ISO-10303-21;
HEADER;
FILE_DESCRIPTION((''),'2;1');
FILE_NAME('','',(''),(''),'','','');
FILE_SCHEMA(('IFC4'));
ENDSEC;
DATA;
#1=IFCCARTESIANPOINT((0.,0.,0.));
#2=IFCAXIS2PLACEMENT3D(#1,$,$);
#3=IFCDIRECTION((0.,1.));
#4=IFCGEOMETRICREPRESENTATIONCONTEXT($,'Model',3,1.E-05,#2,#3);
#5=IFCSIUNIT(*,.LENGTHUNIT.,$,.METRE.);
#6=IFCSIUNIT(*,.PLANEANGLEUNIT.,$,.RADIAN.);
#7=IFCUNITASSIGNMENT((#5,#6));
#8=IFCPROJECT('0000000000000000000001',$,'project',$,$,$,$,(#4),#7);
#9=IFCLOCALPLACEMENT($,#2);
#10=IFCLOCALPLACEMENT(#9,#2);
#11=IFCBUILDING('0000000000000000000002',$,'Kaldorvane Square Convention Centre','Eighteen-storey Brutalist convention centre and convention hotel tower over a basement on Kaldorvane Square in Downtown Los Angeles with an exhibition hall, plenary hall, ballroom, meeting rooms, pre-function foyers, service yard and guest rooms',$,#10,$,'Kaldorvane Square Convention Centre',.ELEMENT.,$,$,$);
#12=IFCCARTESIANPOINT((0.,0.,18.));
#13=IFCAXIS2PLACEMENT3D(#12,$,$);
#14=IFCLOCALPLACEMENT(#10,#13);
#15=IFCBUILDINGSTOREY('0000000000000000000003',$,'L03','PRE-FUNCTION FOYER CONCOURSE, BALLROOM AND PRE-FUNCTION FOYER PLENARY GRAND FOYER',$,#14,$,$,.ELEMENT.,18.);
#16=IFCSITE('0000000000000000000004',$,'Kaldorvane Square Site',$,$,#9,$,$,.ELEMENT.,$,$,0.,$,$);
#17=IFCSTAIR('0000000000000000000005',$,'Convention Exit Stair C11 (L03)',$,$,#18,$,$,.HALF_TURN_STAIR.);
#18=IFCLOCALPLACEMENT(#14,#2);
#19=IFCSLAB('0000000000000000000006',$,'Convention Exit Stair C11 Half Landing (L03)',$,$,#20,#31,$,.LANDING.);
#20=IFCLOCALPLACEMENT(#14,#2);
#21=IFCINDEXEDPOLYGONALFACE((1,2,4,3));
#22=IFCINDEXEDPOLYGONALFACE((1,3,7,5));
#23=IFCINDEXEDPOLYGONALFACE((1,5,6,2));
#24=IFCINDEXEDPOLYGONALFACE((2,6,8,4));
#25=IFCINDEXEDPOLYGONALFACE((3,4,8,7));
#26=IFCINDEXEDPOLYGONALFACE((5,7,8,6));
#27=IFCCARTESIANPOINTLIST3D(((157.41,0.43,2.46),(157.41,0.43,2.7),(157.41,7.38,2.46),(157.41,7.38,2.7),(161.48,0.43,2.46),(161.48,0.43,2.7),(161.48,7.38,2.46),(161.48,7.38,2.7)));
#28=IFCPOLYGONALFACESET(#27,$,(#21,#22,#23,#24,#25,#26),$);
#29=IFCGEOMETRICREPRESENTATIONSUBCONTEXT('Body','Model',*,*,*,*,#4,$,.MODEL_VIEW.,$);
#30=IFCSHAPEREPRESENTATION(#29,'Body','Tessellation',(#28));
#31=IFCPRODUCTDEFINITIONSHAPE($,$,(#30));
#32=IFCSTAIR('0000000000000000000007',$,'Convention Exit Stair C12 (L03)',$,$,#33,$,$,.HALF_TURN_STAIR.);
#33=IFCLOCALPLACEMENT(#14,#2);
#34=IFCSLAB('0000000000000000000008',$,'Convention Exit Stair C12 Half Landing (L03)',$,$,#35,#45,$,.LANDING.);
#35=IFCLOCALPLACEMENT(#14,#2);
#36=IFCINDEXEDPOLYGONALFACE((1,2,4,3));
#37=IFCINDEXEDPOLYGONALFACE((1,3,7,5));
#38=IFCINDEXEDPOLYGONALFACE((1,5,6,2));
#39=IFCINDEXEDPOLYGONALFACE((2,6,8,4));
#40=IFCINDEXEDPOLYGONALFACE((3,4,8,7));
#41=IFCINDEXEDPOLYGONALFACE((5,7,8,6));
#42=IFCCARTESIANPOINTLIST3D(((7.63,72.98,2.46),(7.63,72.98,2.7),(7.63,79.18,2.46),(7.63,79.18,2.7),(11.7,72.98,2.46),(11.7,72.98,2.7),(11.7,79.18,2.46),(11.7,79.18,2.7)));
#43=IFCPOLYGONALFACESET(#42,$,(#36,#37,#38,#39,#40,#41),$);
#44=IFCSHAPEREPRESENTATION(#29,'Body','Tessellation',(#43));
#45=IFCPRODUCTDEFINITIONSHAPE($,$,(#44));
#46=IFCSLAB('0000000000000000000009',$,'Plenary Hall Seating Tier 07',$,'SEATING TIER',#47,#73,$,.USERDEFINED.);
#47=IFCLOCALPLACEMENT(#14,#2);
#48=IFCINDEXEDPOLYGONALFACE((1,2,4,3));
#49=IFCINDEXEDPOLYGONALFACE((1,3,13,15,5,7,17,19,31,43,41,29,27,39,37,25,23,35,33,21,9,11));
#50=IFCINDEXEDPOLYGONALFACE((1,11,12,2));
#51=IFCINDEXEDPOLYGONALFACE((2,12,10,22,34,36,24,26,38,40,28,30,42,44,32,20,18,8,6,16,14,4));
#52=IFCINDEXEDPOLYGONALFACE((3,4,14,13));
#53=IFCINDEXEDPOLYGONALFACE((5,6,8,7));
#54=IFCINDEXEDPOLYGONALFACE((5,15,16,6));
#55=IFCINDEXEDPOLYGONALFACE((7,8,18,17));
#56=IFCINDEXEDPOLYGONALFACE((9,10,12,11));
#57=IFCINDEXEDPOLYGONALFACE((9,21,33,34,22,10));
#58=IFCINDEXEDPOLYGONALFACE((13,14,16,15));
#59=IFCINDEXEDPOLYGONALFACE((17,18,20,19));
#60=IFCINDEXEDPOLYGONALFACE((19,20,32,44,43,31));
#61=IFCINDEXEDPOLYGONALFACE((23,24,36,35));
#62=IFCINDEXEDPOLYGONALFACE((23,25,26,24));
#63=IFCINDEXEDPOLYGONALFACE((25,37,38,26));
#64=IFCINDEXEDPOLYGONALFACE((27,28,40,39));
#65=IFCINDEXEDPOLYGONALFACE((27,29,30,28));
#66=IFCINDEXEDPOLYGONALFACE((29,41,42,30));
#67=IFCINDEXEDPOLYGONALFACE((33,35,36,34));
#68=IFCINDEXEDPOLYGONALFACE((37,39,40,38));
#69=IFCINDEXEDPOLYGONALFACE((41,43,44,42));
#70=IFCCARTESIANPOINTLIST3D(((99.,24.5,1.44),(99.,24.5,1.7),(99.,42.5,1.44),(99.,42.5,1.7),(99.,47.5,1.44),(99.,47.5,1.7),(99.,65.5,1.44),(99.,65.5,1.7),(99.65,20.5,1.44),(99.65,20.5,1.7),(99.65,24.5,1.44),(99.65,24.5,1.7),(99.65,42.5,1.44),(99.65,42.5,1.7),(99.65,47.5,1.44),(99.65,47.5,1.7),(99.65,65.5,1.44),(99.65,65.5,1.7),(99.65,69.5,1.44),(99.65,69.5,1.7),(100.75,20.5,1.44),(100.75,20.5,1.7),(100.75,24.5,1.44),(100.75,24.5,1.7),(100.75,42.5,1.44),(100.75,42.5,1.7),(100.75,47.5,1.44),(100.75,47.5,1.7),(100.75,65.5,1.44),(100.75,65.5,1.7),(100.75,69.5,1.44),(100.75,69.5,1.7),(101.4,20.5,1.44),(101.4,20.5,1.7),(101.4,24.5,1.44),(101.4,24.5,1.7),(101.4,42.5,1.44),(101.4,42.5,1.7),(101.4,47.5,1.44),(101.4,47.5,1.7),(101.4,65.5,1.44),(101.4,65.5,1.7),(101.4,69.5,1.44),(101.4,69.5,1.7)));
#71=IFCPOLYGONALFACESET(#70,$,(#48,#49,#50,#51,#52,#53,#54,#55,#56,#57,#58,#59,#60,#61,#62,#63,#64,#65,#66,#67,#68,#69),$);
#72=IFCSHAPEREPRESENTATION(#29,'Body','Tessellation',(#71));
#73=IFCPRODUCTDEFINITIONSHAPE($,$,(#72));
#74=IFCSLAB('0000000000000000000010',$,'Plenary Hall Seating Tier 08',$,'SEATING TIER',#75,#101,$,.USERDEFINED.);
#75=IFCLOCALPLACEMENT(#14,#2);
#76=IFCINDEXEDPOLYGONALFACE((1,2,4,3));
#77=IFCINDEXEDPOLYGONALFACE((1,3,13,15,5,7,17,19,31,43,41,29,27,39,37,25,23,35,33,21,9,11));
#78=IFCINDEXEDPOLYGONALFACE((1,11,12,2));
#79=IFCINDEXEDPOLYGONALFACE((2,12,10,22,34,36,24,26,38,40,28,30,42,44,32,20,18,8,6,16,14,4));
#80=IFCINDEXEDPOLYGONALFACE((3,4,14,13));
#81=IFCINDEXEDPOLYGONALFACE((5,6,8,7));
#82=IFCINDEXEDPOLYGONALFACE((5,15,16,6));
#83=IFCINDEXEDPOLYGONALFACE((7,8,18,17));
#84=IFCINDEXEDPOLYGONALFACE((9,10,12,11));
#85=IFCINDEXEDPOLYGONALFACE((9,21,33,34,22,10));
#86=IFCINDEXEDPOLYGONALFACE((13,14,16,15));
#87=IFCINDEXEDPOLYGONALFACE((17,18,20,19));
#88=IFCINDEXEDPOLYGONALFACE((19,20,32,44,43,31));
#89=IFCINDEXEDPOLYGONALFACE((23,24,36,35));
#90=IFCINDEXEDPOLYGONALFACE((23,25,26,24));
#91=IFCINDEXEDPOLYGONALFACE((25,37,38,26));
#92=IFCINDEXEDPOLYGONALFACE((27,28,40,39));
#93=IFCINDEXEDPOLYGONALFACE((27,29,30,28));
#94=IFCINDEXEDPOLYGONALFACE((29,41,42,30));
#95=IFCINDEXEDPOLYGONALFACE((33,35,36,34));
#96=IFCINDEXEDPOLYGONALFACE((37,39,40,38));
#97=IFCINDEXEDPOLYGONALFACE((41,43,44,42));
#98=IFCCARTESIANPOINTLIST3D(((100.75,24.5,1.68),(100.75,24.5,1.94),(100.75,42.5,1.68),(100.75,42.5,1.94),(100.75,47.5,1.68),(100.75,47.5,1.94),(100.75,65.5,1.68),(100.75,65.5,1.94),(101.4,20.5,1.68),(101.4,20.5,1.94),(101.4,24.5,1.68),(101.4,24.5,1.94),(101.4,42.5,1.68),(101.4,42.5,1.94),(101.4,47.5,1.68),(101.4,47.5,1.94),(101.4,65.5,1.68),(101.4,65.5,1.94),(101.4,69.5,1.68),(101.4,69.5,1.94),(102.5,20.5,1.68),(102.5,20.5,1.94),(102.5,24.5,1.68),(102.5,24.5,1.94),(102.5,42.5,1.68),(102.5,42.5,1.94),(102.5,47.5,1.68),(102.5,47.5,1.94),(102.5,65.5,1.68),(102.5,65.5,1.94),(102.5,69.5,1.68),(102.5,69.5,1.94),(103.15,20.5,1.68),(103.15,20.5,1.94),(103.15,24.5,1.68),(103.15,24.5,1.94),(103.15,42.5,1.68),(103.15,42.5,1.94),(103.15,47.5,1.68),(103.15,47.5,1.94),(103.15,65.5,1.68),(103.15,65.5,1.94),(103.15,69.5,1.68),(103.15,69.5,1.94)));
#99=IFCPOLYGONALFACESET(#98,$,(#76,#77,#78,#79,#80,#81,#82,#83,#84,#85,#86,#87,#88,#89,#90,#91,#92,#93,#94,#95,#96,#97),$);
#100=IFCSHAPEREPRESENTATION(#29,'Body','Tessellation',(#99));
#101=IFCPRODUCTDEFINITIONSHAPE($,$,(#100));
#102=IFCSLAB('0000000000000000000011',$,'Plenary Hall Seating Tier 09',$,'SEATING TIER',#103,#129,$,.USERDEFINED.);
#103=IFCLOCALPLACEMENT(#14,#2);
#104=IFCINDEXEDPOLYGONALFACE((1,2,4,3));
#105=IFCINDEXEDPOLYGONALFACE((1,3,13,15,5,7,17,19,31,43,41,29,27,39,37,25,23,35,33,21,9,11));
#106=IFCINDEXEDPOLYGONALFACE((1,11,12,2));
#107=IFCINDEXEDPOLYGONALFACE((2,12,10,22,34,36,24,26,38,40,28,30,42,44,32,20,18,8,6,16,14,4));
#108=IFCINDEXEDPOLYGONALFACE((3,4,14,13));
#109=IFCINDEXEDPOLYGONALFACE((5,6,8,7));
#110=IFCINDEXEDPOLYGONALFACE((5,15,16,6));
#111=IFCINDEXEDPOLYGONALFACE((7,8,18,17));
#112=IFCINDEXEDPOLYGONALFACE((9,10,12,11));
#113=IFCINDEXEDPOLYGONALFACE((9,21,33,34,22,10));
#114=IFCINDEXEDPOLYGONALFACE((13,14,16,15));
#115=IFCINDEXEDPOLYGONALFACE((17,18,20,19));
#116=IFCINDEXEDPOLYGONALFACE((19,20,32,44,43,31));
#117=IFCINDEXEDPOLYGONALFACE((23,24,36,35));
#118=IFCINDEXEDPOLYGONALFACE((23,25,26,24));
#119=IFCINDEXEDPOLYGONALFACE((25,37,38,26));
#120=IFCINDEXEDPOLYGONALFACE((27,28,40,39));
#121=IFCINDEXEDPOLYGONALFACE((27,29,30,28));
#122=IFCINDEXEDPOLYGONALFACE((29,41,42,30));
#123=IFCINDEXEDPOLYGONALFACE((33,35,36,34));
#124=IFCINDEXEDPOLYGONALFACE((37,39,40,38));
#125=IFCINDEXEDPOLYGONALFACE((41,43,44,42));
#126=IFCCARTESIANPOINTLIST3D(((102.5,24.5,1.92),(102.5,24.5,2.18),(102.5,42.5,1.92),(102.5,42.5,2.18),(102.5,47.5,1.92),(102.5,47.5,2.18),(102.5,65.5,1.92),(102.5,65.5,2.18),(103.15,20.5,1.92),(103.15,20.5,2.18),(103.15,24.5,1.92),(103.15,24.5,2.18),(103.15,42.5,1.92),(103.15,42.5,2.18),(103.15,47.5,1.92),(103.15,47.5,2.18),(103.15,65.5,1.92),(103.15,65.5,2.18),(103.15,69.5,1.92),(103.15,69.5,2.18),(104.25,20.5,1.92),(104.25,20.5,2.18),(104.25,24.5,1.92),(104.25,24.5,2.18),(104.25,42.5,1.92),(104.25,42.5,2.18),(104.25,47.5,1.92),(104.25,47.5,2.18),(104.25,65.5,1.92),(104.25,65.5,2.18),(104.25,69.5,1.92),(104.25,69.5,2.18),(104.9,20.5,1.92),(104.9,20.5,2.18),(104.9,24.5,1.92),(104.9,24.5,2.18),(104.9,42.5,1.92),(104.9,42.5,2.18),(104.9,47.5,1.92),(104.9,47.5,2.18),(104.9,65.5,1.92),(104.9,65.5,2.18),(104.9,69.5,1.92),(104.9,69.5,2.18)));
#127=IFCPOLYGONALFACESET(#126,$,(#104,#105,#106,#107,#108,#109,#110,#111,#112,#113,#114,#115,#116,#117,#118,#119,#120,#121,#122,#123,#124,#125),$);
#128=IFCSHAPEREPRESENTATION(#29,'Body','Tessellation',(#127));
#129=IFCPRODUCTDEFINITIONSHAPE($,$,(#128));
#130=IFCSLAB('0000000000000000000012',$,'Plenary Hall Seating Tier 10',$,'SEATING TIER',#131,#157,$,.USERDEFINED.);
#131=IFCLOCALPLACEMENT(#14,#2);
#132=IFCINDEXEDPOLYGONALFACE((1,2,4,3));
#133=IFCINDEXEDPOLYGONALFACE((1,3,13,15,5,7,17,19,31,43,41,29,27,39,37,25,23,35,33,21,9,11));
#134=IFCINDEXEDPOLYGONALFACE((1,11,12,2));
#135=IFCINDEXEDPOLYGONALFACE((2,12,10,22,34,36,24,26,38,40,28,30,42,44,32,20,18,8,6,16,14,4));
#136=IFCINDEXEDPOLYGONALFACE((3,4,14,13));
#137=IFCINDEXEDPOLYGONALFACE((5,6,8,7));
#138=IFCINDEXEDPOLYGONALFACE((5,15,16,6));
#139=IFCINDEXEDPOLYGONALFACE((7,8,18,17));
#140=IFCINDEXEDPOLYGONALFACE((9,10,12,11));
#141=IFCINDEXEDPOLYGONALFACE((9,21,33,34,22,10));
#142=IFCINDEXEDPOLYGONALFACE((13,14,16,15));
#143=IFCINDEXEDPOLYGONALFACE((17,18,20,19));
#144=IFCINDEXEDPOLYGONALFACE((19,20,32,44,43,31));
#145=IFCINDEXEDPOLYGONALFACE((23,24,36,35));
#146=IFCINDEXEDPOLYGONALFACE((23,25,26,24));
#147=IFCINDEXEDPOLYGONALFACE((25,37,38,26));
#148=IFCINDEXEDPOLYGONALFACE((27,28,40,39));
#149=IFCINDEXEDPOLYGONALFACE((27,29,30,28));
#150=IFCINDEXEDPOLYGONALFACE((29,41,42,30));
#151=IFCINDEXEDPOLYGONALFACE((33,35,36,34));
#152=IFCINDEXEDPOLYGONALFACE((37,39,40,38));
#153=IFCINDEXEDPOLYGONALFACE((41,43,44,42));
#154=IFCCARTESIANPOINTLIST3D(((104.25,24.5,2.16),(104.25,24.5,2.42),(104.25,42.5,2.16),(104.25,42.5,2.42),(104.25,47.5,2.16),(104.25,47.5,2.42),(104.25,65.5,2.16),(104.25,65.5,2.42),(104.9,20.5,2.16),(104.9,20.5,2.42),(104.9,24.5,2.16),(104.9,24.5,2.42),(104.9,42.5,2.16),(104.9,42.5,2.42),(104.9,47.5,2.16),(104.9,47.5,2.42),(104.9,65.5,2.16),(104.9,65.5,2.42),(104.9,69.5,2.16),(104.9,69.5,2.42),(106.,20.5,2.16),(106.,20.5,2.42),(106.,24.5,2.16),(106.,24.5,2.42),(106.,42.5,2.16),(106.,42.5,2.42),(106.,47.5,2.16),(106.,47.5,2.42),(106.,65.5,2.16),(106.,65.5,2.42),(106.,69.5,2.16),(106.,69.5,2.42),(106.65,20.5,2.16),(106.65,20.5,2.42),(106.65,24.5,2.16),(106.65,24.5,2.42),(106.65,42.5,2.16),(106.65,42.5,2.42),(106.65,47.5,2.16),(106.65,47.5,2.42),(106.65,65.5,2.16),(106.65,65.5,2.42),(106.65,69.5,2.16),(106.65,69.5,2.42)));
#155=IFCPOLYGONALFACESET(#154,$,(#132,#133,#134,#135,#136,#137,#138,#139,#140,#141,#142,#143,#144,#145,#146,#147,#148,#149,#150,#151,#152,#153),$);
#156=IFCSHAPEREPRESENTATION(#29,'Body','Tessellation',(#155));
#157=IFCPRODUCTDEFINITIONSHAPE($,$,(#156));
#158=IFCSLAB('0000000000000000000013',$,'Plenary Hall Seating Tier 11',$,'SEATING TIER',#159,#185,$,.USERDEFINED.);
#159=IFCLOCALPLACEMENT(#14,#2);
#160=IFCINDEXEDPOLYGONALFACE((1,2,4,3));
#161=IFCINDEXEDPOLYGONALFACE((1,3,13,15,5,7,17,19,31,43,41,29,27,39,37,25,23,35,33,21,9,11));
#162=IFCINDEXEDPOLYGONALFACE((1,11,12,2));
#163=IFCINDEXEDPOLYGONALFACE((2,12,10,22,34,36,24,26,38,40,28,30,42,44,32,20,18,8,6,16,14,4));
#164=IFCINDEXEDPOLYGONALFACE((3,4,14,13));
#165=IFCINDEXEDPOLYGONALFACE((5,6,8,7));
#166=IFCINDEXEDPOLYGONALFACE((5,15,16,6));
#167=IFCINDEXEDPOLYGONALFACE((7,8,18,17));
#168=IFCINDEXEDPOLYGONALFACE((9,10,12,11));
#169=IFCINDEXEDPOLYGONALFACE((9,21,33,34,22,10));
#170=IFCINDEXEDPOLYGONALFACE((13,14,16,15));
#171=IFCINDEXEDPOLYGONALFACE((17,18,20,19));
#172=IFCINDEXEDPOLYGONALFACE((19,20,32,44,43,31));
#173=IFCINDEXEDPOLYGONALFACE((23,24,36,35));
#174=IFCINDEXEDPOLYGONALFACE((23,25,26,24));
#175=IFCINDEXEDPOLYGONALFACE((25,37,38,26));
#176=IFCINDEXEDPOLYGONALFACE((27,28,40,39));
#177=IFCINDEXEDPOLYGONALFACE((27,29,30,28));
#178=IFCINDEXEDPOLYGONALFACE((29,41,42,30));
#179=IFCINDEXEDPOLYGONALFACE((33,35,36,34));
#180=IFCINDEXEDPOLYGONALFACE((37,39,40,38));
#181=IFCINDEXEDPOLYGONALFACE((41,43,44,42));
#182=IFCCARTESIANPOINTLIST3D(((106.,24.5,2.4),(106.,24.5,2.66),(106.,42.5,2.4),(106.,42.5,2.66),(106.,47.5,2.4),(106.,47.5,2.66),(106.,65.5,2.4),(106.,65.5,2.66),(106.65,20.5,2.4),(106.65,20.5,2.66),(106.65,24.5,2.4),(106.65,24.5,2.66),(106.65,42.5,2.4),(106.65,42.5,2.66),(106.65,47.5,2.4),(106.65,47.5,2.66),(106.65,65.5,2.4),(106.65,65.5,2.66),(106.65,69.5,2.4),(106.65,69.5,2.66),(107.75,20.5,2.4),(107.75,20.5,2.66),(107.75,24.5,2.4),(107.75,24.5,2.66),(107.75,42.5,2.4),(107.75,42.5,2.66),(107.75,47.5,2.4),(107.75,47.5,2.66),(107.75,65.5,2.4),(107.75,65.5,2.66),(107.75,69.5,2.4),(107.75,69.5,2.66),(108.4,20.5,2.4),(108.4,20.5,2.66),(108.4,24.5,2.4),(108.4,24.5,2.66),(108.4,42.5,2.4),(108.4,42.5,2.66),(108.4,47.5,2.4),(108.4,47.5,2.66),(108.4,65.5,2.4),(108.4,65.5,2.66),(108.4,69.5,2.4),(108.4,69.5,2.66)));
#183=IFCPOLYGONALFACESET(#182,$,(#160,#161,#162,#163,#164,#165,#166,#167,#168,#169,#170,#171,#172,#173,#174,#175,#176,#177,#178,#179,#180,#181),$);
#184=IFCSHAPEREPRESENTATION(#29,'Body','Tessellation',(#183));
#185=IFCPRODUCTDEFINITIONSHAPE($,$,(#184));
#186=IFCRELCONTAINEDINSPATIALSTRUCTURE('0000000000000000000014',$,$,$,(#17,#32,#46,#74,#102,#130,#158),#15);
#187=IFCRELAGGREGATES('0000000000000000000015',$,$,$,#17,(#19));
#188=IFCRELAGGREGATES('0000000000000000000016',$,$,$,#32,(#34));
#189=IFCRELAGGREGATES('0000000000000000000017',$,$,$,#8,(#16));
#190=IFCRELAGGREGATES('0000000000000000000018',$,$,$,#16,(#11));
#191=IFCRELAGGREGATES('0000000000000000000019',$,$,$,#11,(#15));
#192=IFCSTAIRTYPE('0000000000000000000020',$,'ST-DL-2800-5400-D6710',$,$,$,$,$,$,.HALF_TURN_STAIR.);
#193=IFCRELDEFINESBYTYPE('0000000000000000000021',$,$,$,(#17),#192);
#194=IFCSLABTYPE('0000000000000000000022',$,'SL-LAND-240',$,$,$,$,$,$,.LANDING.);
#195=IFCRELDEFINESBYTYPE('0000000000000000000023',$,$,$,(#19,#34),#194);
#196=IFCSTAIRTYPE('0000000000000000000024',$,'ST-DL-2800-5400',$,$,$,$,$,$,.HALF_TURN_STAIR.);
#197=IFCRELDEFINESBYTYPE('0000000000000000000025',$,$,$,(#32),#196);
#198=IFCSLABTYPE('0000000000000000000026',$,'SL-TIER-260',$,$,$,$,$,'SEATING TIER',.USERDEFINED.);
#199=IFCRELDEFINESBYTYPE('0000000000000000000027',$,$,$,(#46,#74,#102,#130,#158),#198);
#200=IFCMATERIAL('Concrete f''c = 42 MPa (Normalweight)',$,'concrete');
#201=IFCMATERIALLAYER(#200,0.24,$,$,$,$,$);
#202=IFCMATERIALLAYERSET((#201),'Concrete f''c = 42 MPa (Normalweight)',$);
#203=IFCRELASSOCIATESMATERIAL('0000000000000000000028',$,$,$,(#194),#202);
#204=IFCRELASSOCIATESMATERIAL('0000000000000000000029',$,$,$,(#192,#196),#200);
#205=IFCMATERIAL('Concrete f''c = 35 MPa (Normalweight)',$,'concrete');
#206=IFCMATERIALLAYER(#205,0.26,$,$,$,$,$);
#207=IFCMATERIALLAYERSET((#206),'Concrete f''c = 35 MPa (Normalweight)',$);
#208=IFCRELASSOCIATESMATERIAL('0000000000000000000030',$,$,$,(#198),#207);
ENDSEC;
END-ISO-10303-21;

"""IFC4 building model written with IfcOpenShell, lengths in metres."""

from ifc_helpers import new_model, si_unit, direction, frame, origin, place, context, subcontext, project, spatial, polyline, outline, extrude, material, layer, layer_set, type_object, element, aggregate, save


model = new_model("IFC4")

# Units and contexts
model_context = context("Model", 3, precision=1e-05, world=origin(), true_north=direction((0.0, 1.0)))
body_context = subcontext(model_context, "Body", "Model", "MODEL_VIEW")
ifc_project = project(units=[si_unit("LENGTHUNIT", "METRE"), si_unit("PLANEANGLEUNIT", "RADIAN")], contexts=[model_context])

# Site, building, storey
site_placement = place(None, origin())
site = spatial("IfcSite", under=ifc_project, at=site_placement, Name="Kaldorvane Square Site", CompositionType="ELEMENT", RefElevation=0.0)
building_placement = place(site_placement, origin())
building = spatial("IfcBuilding", under=site, at=building_placement, Name="Kaldorvane Square Convention Centre", Description="Eighteen-storey Brutalist convention centre and convention hotel tower over a basement on Kaldorvane Square in Downtown Los Angeles with an exhibition hall, plenary hall, ballroom, meeting rooms, pre-function foyers, service yard and guest rooms", LongName="Kaldorvane Square Convention Centre", CompositionType="ELEMENT")
storey_placement = place(building_placement, frame((0.0, 0.0, 18.0)))
storey = spatial("IfcBuildingStorey", under=building, at=storey_placement, Name="L03", Description="PRE-FUNCTION FOYER CONCOURSE, BALLROOM AND PRE-FUNCTION FOYER PLENARY GRAND FOYER", CompositionType="ELEMENT", Elevation=18.0)

# Shared definitions
ifc_material_1 = material(Name="Concrete f'c = 42 MPa (Normalweight)", Category="concrete")

# Stairs, slabs
ifc_layer_1 = layer(ifc_material_1, 0.24)
ifc_layer_set_1 = layer_set([ifc_layer_1], Name="Concrete f'c = 42 MPa (Normalweight)")
slab_type_1 = type_object("IfcSlabType", Name="SL-LAND-240", PredefinedType="LANDING", material=ifc_layer_set_1)
stair_type_1 = type_object("IfcStairType", Name="ST-DL-2800-5400-D6710", PredefinedType="HALF_TURN_STAIR", material=ifc_material_1)
stair_1_placement = place(storey_placement, origin())
stair_1 = element("IfcStair", 1, at=stair_1_placement, inside=storey, type_object=stair_type_1, Name="Convention Exit Stair C11 (L03)", PredefinedType="HALF_TURN_STAIR")
slab_1_placement = place(storey_placement, frame((0.0, 0.0, 2.46)))
slab_1 = element("IfcSlab", 2, at=slab_1_placement, type_object=slab_type_1, Name="Convention Exit Stair C11 Half Landing (L03)", PredefinedType="LANDING", context=body_context, shape_type="SweptSolid", body=[
    extrude(outline(polyline([(157.41, 0.43), (161.48, 0.43), (161.48, 7.38), (157.41, 7.38), (157.41, 0.43)])), origin(), (0.0, 0.0, 1.0), 0.24),
])
aggregate(stair_1, [slab_1])
stair_type_2 = type_object("IfcStairType", Name="ST-DL-2800-5400", PredefinedType="HALF_TURN_STAIR", material=ifc_material_1)
stair_2_placement = place(storey_placement, origin())
stair_2 = element("IfcStair", 3, at=stair_2_placement, inside=storey, type_object=stair_type_2, Name="Convention Exit Stair C12 (L03)", PredefinedType="HALF_TURN_STAIR")
slab_2_placement = place(storey_placement, frame((0.0, 0.0, 2.46)))
slab_2 = element("IfcSlab", 4, at=slab_2_placement, type_object=slab_type_1, Name="Convention Exit Stair C12 Half Landing (L03)", PredefinedType="LANDING", context=body_context, shape_type="SweptSolid", body=[
    extrude(outline(polyline([(7.63, 72.98), (11.7, 72.98), (11.7, 79.18), (7.63, 79.18), (7.63, 72.98)])), origin(), (0.0, 0.0, 1.0), 0.24),
])
aggregate(stair_2, [slab_2])

# Slabs
ifc_material_2 = material(Name="Concrete f'c = 35 MPa (Normalweight)", Category="concrete")
ifc_layer_2 = layer(ifc_material_2, 0.26)
ifc_layer_set_2 = layer_set([ifc_layer_2], Name="Concrete f'c = 35 MPa (Normalweight)")
slab_type_2 = type_object("IfcSlabType", Name="SL-TIER-260", ElementType="SEATING TIER", PredefinedType="USERDEFINED", material=ifc_layer_set_2)
slab_3_placement = place(storey_placement, frame((0.0, 0.0, 1.44)))
element("IfcSlab", 5, at=slab_3_placement, inside=storey, type_object=slab_type_2, Name="Plenary Hall Seating Tier 07", ObjectType="SEATING TIER", PredefinedType="USERDEFINED", context=body_context, shape_type="SweptSolid", body=[
    extrude(outline(polyline([(101.4, 24.5), (101.4, 20.5), (100.75, 20.5), (99.65, 20.5), (99.65, 24.5), (99.0, 24.5), (99.0, 42.5), (99.65, 42.5), (99.65, 47.5), (99.0, 47.5), (99.0, 65.5), (99.65, 65.5), (99.65, 69.5), (100.75, 69.5), (101.4, 69.5), (101.4, 65.5), (100.75, 65.5), (100.75, 47.5), (101.4, 47.5), (101.4, 42.5), (100.75, 42.5), (100.75, 24.5), (101.4, 24.5)])), origin(), (0.0, 0.0, 1.0), 0.26),
])
slab_4_placement = place(storey_placement, frame((0.0, 0.0, 1.68)))
element("IfcSlab", 6, at=slab_4_placement, inside=storey, type_object=slab_type_2, Name="Plenary Hall Seating Tier 08", ObjectType="SEATING TIER", PredefinedType="USERDEFINED", context=body_context, shape_type="SweptSolid", body=[
    extrude(outline(polyline([(103.15, 24.5), (103.15, 20.5), (102.5, 20.5), (101.4, 20.5), (101.4, 24.5), (100.75, 24.5), (100.75, 42.5), (101.4, 42.5), (101.4, 47.5), (100.75, 47.5), (100.75, 65.5), (101.4, 65.5), (101.4, 69.5), (102.5, 69.5), (103.15, 69.5), (103.15, 65.5), (102.5, 65.5), (102.5, 47.5), (103.15, 47.5), (103.15, 42.5), (102.5, 42.5), (102.5, 24.5), (103.15, 24.5)])), origin(), (0.0, 0.0, 1.0), 0.26),
])
slab_5_placement = place(storey_placement, frame((0.0, 0.0, 1.92)))
element("IfcSlab", 7, at=slab_5_placement, inside=storey, type_object=slab_type_2, Name="Plenary Hall Seating Tier 09", ObjectType="SEATING TIER", PredefinedType="USERDEFINED", context=body_context, shape_type="SweptSolid", body=[
    extrude(outline(polyline([(104.9, 24.5), (104.9, 20.5), (104.25, 20.5), (103.15, 20.5), (103.15, 24.5), (102.5, 24.5), (102.5, 42.5), (103.15, 42.5), (103.15, 47.5), (102.5, 47.5), (102.5, 65.5), (103.15, 65.5), (103.15, 69.5), (104.25, 69.5), (104.9, 69.5), (104.9, 65.5), (104.25, 65.5), (104.25, 47.5), (104.9, 47.5), (104.9, 42.5), (104.25, 42.5), (104.25, 24.5), (104.9, 24.5)])), origin(), (0.0, 0.0, 1.0), 0.26),
])
slab_6_placement = place(storey_placement, frame((0.0, 0.0, 2.16)))
element("IfcSlab", 8, at=slab_6_placement, inside=storey, type_object=slab_type_2, Name="Plenary Hall Seating Tier 10", ObjectType="SEATING TIER", PredefinedType="USERDEFINED", context=body_context, shape_type="SweptSolid", body=[
    extrude(outline(polyline([(106.65, 24.5), (106.65, 20.5), (106.0, 20.5), (104.9, 20.5), (104.9, 24.5), (104.25, 24.5), (104.25, 42.5), (104.9, 42.5), (104.9, 47.5), (104.25, 47.5), (104.25, 65.5), (104.9, 65.5), (104.9, 69.5), (106.0, 69.5), (106.65, 69.5), (106.65, 65.5), (106.0, 65.5), (106.0, 47.5), (106.65, 47.5), (106.65, 42.5), (106.0, 42.5), (106.0, 24.5), (106.65, 24.5)])), origin(), (0.0, 0.0, 1.0), 0.26),
])
slab_7_placement = place(storey_placement, frame((0.0, 0.0, 2.4)))
element("IfcSlab", 9, at=slab_7_placement, inside=storey, type_object=slab_type_2, Name="Plenary Hall Seating Tier 11", ObjectType="SEATING TIER", PredefinedType="USERDEFINED", context=body_context, shape_type="SweptSolid", body=[
    extrude(outline(polyline([(108.4, 24.5), (108.4, 20.5), (107.75, 20.5), (106.65, 20.5), (106.65, 24.5), (106.0, 24.5), (106.0, 42.5), (106.65, 42.5), (106.65, 47.5), (106.0, 47.5), (106.0, 65.5), (106.65, 65.5), (106.65, 69.5), (107.75, 69.5), (108.4, 69.5), (108.4, 65.5), (107.75, 65.5), (107.75, 47.5), (108.4, 47.5), (108.4, 42.5), (107.75, 42.5), (107.75, 24.5), (108.4, 24.5)])), origin(), (0.0, 0.0, 1.0), 0.26),
])

save(model, "model.ifc")
